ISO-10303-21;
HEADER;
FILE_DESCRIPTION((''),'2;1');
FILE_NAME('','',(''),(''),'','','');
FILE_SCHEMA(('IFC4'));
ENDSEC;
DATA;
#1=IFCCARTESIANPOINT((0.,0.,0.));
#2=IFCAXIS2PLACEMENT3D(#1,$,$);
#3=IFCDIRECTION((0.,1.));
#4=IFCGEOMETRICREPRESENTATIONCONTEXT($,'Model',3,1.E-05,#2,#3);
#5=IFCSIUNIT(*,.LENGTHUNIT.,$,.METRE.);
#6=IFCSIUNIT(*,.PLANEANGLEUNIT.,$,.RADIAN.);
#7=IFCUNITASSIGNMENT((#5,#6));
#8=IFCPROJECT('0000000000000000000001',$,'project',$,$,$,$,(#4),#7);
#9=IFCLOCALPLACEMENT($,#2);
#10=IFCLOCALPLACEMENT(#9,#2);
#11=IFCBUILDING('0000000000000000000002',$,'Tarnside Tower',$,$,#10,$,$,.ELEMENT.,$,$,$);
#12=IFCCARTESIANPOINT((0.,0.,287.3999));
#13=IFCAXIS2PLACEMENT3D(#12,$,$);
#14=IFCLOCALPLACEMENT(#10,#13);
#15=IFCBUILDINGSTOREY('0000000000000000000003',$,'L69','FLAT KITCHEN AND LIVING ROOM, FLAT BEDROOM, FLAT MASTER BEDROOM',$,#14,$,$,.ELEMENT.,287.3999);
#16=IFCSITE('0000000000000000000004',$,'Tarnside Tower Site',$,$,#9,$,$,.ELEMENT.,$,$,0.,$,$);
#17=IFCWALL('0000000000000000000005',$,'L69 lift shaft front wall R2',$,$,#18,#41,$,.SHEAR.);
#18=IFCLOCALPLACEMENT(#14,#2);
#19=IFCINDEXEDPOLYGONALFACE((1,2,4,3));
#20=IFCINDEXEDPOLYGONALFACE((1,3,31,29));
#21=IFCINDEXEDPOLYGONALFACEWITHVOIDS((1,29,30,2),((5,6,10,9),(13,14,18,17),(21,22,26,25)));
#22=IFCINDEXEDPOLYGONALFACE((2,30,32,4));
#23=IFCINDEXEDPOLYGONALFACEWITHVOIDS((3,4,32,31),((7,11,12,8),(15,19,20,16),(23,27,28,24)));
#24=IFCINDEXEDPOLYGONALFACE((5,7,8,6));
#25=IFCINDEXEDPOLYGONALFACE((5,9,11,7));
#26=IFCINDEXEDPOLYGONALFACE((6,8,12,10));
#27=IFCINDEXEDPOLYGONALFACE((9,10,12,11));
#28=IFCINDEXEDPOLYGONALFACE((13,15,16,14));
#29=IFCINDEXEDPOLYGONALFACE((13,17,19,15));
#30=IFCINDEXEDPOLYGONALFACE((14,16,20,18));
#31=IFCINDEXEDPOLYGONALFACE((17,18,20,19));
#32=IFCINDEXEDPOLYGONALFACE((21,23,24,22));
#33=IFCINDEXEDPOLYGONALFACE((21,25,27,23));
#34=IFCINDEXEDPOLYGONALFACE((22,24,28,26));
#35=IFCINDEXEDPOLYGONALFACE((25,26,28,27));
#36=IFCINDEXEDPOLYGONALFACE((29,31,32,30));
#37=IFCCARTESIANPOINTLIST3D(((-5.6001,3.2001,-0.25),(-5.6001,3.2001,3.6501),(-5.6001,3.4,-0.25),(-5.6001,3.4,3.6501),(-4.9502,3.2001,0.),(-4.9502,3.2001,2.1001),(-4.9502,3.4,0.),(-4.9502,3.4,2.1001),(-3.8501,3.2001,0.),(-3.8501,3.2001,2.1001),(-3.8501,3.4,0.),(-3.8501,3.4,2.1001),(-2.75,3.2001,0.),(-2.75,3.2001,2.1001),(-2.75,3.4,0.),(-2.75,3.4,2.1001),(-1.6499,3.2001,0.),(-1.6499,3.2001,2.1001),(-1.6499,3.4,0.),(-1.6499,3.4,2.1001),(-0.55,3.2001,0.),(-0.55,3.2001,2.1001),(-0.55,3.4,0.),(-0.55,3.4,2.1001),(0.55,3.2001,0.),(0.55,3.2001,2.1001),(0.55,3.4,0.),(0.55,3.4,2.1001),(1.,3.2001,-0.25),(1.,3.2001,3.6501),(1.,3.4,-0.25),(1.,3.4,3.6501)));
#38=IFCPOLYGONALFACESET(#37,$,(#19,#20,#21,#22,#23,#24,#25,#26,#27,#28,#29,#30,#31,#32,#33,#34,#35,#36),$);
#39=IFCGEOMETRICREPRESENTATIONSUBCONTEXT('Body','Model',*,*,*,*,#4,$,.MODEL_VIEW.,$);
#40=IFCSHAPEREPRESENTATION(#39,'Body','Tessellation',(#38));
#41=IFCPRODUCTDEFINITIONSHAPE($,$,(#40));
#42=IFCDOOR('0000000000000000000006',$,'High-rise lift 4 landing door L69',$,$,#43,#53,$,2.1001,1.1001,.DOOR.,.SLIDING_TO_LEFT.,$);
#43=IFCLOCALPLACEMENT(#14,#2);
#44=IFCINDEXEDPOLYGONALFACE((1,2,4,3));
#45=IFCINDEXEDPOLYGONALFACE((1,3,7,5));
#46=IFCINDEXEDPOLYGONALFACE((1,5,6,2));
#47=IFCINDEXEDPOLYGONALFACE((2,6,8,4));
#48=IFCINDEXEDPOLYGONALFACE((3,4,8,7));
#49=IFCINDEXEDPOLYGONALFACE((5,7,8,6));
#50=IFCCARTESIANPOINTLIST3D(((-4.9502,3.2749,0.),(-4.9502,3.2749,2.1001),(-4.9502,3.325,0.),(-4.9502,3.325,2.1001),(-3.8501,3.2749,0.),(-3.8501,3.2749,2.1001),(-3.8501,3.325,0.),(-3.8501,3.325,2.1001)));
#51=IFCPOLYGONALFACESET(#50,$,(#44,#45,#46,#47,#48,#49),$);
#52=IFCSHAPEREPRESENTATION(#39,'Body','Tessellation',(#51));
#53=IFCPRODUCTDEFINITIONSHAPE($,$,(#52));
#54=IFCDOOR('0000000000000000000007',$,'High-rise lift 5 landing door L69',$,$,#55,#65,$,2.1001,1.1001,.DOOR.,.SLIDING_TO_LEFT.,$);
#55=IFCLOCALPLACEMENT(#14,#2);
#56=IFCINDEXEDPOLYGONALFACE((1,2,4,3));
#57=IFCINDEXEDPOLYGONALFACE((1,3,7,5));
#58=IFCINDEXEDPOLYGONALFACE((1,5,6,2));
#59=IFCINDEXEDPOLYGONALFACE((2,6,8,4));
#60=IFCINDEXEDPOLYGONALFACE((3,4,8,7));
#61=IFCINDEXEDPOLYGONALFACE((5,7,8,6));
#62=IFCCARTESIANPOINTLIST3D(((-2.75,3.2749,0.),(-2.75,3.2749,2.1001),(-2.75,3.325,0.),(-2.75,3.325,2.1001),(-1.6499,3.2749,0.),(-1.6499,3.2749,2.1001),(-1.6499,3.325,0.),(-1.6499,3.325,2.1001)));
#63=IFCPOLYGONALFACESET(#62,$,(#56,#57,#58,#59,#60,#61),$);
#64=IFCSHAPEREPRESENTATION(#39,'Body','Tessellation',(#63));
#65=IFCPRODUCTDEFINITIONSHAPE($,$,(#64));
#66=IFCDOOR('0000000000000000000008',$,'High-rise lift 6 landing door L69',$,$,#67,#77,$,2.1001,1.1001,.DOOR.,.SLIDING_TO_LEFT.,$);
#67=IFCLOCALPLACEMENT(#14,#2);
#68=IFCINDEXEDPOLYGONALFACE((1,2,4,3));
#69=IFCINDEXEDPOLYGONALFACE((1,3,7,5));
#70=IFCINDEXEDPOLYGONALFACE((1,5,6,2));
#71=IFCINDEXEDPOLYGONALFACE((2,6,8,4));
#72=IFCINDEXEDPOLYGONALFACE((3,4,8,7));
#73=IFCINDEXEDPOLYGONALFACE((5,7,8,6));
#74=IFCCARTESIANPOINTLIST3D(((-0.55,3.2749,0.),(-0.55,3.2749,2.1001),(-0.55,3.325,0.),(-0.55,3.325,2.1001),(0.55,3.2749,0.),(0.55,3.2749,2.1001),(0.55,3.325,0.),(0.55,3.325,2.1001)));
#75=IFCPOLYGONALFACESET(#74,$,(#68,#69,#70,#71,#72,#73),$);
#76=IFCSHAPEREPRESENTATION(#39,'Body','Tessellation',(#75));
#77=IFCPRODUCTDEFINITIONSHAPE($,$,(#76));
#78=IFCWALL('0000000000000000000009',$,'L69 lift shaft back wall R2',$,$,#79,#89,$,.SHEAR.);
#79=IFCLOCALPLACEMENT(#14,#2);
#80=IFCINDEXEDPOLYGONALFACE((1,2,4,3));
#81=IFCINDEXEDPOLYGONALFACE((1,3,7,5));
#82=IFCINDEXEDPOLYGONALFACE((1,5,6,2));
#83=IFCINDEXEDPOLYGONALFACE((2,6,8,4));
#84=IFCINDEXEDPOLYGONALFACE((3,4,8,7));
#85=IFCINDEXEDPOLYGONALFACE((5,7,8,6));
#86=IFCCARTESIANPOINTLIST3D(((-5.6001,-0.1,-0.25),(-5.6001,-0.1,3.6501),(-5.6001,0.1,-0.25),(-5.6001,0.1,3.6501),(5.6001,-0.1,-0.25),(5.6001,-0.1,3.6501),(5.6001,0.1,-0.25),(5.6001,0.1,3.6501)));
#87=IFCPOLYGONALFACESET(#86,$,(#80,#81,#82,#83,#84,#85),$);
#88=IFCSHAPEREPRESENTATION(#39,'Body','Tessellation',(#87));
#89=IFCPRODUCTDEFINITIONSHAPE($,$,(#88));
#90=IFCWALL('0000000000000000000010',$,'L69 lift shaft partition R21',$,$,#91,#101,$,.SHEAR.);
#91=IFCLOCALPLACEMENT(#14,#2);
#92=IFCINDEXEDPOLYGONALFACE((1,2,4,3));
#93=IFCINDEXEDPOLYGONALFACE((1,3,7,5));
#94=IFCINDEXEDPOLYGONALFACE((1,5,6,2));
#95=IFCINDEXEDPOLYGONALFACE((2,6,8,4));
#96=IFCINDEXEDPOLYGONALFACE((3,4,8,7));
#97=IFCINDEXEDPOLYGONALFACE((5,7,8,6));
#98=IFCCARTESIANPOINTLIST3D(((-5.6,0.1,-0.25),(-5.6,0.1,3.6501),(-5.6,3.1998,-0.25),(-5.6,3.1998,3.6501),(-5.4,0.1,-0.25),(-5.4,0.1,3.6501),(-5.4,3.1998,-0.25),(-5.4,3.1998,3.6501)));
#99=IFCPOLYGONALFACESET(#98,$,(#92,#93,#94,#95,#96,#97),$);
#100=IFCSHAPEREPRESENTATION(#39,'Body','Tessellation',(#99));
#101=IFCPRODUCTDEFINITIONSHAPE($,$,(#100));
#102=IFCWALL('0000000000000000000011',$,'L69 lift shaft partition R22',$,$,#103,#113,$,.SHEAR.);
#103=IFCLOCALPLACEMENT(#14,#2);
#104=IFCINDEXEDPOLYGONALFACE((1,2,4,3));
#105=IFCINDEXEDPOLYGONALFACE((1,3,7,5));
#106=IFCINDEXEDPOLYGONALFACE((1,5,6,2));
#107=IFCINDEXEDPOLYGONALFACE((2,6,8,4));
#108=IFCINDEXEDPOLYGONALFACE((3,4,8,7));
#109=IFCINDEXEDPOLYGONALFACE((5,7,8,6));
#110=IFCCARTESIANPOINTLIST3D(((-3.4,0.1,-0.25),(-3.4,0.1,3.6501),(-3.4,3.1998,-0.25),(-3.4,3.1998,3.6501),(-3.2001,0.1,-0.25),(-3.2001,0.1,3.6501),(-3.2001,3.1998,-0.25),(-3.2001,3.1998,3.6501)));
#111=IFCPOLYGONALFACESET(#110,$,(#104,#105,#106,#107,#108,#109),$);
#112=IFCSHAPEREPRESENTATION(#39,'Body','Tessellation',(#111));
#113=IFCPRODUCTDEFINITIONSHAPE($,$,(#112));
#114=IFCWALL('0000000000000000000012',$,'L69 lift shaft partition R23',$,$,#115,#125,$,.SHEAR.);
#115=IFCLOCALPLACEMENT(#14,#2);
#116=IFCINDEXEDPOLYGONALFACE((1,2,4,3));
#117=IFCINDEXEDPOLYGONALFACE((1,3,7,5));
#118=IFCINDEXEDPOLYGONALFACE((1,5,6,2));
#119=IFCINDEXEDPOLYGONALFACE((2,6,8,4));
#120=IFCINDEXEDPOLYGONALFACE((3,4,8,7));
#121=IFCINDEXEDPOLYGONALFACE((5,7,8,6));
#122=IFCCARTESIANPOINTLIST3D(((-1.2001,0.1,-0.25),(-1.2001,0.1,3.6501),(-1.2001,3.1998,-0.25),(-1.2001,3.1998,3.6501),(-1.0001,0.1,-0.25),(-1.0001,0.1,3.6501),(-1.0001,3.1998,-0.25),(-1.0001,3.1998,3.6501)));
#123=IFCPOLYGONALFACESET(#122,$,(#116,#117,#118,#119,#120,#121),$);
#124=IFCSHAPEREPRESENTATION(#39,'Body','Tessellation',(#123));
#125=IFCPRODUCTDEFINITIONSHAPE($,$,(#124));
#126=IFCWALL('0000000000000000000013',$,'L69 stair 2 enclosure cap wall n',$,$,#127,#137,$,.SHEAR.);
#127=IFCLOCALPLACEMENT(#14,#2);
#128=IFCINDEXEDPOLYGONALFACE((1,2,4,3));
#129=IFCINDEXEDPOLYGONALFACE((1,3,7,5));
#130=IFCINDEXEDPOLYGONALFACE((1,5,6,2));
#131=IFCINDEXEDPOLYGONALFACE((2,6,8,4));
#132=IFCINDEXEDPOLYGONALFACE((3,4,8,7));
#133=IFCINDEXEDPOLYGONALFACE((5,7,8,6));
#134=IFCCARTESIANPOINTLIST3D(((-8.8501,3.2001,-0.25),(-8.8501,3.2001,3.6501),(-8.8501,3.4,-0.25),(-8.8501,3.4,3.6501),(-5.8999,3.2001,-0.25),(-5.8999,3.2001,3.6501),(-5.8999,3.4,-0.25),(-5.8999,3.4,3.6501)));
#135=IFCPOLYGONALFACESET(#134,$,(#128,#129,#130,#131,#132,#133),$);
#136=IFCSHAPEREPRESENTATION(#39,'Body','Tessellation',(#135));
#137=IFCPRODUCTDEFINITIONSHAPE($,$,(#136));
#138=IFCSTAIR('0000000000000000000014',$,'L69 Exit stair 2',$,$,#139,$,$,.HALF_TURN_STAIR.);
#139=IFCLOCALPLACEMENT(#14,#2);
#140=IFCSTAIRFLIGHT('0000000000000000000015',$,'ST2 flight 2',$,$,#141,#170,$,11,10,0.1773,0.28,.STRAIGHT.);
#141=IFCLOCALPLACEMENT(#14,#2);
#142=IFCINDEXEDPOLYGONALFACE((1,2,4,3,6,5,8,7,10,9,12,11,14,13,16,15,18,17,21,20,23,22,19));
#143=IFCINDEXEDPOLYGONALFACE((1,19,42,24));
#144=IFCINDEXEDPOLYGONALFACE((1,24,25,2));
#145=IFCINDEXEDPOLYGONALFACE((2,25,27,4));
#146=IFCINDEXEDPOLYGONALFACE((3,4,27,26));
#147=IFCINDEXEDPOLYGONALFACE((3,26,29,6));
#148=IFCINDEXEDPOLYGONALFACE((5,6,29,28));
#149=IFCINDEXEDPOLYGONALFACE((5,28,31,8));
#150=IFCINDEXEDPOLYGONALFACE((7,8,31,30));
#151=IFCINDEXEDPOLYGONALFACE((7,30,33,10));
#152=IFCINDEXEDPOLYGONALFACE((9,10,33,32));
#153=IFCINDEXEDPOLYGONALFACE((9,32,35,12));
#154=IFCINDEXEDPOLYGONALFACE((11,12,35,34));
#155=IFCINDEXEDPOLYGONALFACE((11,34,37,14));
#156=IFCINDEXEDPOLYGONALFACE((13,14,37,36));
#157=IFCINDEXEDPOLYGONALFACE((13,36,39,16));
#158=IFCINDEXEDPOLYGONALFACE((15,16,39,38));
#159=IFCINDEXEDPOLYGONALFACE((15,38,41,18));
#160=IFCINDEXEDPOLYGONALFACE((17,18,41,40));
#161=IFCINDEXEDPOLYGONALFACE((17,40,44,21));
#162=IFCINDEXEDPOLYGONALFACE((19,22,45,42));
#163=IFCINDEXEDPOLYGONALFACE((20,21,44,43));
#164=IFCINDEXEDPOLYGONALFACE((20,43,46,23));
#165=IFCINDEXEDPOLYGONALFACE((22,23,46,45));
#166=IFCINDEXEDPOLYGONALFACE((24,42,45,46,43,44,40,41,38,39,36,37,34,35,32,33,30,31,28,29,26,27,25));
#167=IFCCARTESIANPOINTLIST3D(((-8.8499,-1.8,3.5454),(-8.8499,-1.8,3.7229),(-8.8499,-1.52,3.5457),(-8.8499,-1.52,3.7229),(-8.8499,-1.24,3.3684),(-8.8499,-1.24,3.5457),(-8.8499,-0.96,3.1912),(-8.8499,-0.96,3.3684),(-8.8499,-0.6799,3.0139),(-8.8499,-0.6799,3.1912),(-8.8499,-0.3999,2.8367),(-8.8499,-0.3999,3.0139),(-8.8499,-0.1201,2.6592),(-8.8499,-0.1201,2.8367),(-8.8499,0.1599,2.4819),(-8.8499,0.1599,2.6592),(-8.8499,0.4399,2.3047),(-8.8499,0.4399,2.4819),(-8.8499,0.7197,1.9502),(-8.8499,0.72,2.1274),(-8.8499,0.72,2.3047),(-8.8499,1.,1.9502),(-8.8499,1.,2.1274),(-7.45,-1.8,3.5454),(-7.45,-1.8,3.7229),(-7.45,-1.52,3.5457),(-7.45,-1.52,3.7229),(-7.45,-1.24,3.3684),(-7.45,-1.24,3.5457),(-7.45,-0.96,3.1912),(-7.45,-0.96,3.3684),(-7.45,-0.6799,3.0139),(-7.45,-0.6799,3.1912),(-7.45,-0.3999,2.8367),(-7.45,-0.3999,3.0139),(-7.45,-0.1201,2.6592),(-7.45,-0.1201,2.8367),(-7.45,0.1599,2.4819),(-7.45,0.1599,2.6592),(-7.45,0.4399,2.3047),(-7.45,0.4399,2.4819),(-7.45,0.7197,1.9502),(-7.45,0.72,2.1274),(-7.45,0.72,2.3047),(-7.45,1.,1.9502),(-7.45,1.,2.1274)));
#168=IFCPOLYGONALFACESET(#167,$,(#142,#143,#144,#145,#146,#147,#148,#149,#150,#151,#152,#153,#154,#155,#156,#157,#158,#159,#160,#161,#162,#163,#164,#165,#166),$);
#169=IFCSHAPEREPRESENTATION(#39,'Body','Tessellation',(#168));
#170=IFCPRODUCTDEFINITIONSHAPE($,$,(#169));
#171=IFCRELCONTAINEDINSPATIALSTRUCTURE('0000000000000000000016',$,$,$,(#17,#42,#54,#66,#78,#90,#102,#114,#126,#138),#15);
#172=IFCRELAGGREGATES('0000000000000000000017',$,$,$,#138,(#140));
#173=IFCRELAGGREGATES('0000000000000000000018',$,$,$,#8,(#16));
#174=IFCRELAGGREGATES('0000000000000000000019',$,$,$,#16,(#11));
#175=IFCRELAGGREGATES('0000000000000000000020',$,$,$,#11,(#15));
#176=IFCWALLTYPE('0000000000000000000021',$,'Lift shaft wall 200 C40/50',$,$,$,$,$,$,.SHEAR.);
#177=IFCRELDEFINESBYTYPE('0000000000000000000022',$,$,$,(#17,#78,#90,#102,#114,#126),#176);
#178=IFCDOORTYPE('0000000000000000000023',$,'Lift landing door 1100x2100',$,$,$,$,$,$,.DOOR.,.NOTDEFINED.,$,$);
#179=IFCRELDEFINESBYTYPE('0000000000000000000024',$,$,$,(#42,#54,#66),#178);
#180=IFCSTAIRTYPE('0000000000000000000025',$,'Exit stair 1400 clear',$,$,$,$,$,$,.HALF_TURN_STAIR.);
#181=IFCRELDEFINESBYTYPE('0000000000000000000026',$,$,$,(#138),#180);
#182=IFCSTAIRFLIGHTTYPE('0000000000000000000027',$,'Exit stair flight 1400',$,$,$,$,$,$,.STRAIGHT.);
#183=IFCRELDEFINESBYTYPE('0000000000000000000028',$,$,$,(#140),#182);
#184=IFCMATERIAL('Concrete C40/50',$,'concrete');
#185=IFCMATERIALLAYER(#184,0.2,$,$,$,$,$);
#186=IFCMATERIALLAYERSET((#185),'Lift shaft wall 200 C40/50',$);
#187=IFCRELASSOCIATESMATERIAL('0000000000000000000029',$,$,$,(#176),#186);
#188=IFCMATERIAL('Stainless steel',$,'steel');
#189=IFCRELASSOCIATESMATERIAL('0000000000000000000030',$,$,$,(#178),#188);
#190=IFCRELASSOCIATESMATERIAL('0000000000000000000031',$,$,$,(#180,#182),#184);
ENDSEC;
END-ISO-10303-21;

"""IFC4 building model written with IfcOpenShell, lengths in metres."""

from ifc_helpers import new_model, si_unit, direction, frame, frame_2d, origin, place, context, subcontext, project, spatial, polyline, rectangle, outline, extrude, material, layer, layer_set, type_object, element, fill, aggregate, save


model = new_model("IFC4")

# Units and contexts
model_context = context("Model", 3, precision=1e-05, world=origin(), true_north=direction((0.0, 1.0)))
body_context = subcontext(model_context, "Body", "Model", "MODEL_VIEW")
ifc_project = project(units=[si_unit("LENGTHUNIT", "METRE"), si_unit("PLANEANGLEUNIT", "RADIAN")], contexts=[model_context])

# Site, building, storey
site_placement = place(None, origin())
site = spatial("IfcSite", under=ifc_project, at=site_placement, Name="Tarnside Tower Site", CompositionType="ELEMENT", RefElevation=0.0)
building_placement = place(site_placement, origin())
building = spatial("IfcBuilding", under=site, at=building_placement, Name="Tarnside Tower", CompositionType="ELEMENT")
storey_placement = place(building_placement, frame((0.0, 0.0, 287.3999)))
storey = spatial("IfcBuildingStorey", under=building, at=storey_placement, Name="L69", Description="FLAT KITCHEN AND LIVING ROOM, FLAT BEDROOM, FLAT MASTER BEDROOM", CompositionType="ELEMENT", Elevation=287.3999)

# Shared definitions
ifc_material_1 = material(Name="Concrete C40/50", Category="concrete")
ifc_layer_1 = layer(ifc_material_1, 0.2)
ifc_layer_set_1 = layer_set([ifc_layer_1], Name="Lift shaft wall 200 C40/50")
wall_type_1 = type_object("IfcWallType", Name="Lift shaft wall 200 C40/50", PredefinedType="SHEAR", material=ifc_layer_set_1)
ifc_material_2 = material(Name="Stainless steel", Category="steel")
door_type_1 = type_object("IfcDoorType", Name="Lift landing door 1100x2100", OperationType="NOTDEFINED", PredefinedType="DOOR", material=ifc_material_2)

# Wall, openings, doors
wall_1_placement = place(storey_placement, frame((-5.6001, 3.3, -0.25), z_axis=(0.0, 0.0, 1.0), x_axis=(1.0, 0.0, 0.0)))
wall_1 = element("IfcWall", 1, at=wall_1_placement, inside=storey, type_object=wall_type_1, Name="L69 lift shaft front wall R2", PredefinedType="SHEAR", context=body_context, shape_type="SweptSolid", body=[
    extrude(rectangle(XDim=6.6001, YDim=0.2, at=frame_2d((3.3, 0.0))), origin(), (0.0, 0.0, 1.0), 3.9001),
])
opening_1_placement = place(wall_1_placement, frame((0.6499, 0.0, 0.25)))
opening_1 = element("IfcOpeningElement", 2, at=opening_1_placement, cuts=wall_1, PredefinedType="OPENING", context=body_context, shape_type="SweptSolid", body=[
    extrude(rectangle(XDim=1.1001, YDim=2.1001, at=frame_2d((0.55, 1.05))), frame((0.0, 0.1099, 0.0), z_axis=(0.0, -1.0, 0.0), x_axis=(1.0, 0.0, 0.0)), (0.0, 0.0, 1.0), 0.22),
])
opening_2_placement = place(wall_1_placement, frame((2.8501, 0.0, 0.25)))
opening_2 = element("IfcOpeningElement", 3, at=opening_2_placement, cuts=wall_1, PredefinedType="OPENING", context=body_context, shape_type="SweptSolid", body=[
    extrude(rectangle(XDim=1.1001, YDim=2.1001, at=frame_2d((0.55, 1.05))), frame((0.0, 0.1099, 0.0), z_axis=(0.0, -1.0, 0.0), x_axis=(1.0, 0.0, 0.0)), (0.0, 0.0, 1.0), 0.22),
])
opening_3_placement = place(wall_1_placement, frame((5.05, 0.0, 0.25)))
opening_3 = element("IfcOpeningElement", 4, at=opening_3_placement, cuts=wall_1, PredefinedType="OPENING", context=body_context, shape_type="SweptSolid", body=[
    extrude(rectangle(XDim=1.1001, YDim=2.1001, at=frame_2d((0.55, 1.05))), frame((0.0, 0.1099, 0.0), z_axis=(0.0, -1.0, 0.0), x_axis=(1.0, 0.0, 0.0)), (0.0, 0.0, 1.0), 0.22),
])
door_1_placement = place(opening_1_placement, origin())
door_1 = element("IfcDoor", 5, at=door_1_placement, inside=storey, type_object=door_type_1, Name="High-rise lift 4 landing door L69", OperationType="SLIDING_TO_LEFT", OverallHeight=2.1001, OverallWidth=1.1001, PredefinedType="DOOR", context=body_context, shape_type="SweptSolid", body=[
    extrude(rectangle(XDim=1.1001, YDim=2.1001, at=frame_2d((0.55, 1.05))), frame((0.0, 0.0249, 0.0), z_axis=(0.0, -1.0, 0.0), x_axis=(1.0, 0.0, 0.0)), (0.0, 0.0, 1.0), 0.05),
])
fill(opening_1, door_1)
door_2_placement = place(opening_2_placement, origin())
door_2 = element("IfcDoor", 6, at=door_2_placement, inside=storey, type_object=door_type_1, Name="High-rise lift 5 landing door L69", OperationType="SLIDING_TO_LEFT", OverallHeight=2.1001, OverallWidth=1.1001, PredefinedType="DOOR", context=body_context, shape_type="SweptSolid", body=[
    extrude(rectangle(XDim=1.1001, YDim=2.1001, at=frame_2d((0.55, 1.05))), frame((0.0, 0.0249, 0.0), z_axis=(0.0, -1.0, 0.0), x_axis=(1.0, 0.0, 0.0)), (0.0, 0.0, 1.0), 0.05),
])
fill(opening_2, door_2)
door_3_placement = place(opening_3_placement, origin())
door_3 = element("IfcDoor", 7, at=door_3_placement, inside=storey, type_object=door_type_1, Name="High-rise lift 6 landing door L69", OperationType="SLIDING_TO_LEFT", OverallHeight=2.1001, OverallWidth=1.1001, PredefinedType="DOOR", context=body_context, shape_type="SweptSolid", body=[
    extrude(rectangle(XDim=1.1001, YDim=2.1001, at=frame_2d((0.55, 1.05))), frame((0.0, 0.0249, 0.0), z_axis=(0.0, -1.0, 0.0), x_axis=(1.0, 0.0, 0.0)), (0.0, 0.0, 1.0), 0.05),
])
fill(opening_3, door_3)

# Walls
wall_2_placement = place(storey_placement, frame((-5.6001, 0.0, -0.25), z_axis=(0.0, 0.0, 1.0), x_axis=(1.0, 0.0, 0.0)))
element("IfcWall", 8, at=wall_2_placement, inside=storey, type_object=wall_type_1, Name="L69 lift shaft back wall R2", PredefinedType="SHEAR", context=body_context, shape_type="SweptSolid", body=[
    extrude(rectangle(XDim=11.2002, YDim=0.2, at=frame_2d((5.6001, 0.0))), origin(), (0.0, 0.0, 1.0), 3.9001),
])
for number, where, z_axis, x_axis, name in (
    (9, (-5.5, 0.1001, -0.25), (0.0, 0.0, 1.0), (0.0, 1.0, 0.0), "L69 lift shaft partition R21"),
    (10, (-3.3, 0.1001, -0.25), (0.0, 0.0, 1.0), (0.0, 1.0, 0.0), "L69 lift shaft partition R22"),
    (11, (-1.1001, 0.1001, -0.25), (0.0, 0.0, 1.0), (0.0, 1.0, 0.0), "L69 lift shaft partition R23"),
):
    element("IfcWall", number, at=place(storey_placement, frame(where, z_axis=z_axis, x_axis=x_axis)), inside=storey, type_object=wall_type_1, Name=name, PredefinedType="SHEAR", context=body_context, shape_type="SweptSolid", body=[
        extrude(rectangle(XDim=3.0999, YDim=0.2, at=frame_2d((1.5498, 0.0))), origin(), (0.0, 0.0, 1.0), 3.9001),
    ])
wall_3_placement = place(storey_placement, frame((-8.8501, 3.3, -0.25), z_axis=(0.0, 0.0, 1.0), x_axis=(1.0, 0.0, 0.0)))
element("IfcWall", 12, at=wall_3_placement, inside=storey, type_object=wall_type_1, Name="L69 stair 2 enclosure cap wall n", PredefinedType="SHEAR", context=body_context, shape_type="SweptSolid", body=[
    extrude(rectangle(XDim=2.9502, YDim=0.2, at=frame_2d((1.4751, 0.0))), origin(), (0.0, 0.0, 1.0), 3.9001),
])

# Stair, stair flight
stair_type = type_object("IfcStairType", Name="Exit stair 1400 clear", PredefinedType="HALF_TURN_STAIR", material=ifc_material_1)
stair_placement = place(storey_placement, origin())
stair = element("IfcStair", 13, at=stair_placement, inside=storey, type_object=stair_type, Name="L69 Exit stair 2", PredefinedType="HALF_TURN_STAIR")
stair_flight_type = type_object("IfcStairFlightType", Name="Exit stair flight 1400", PredefinedType="STRAIGHT", material=ifc_material_1)
stair_flight_placement = place(storey_placement, frame((-8.1499, 1.0, 1.9502), z_axis=(0.0, 0.0, 1.0), x_axis=(0.0, -1.0, 0.0)))
stair_flight = element("IfcStairFlight", 14, at=stair_flight_placement, type_object=stair_flight_type, Name="ST2 flight 2", NumberOfRisers=11, NumberOfTreads=10, PredefinedType="STRAIGHT", RiserHeight=0.1773, TreadLength=0.28, context=body_context, shape_type="SweptSolid", body=[
    extrude(outline(polyline([(0.0, 0.0), (0.0, 0.1772), (0.28, 0.1772), (0.28, 0.3545), (0.5601, 0.3545), (0.5601, 0.5317), (0.8401, 0.5317), (0.8401, 0.709), (1.1201, 0.709), (1.1201, 0.8865), (1.3999, 0.8865), (1.3999, 1.0637), (1.6799, 1.0637), (1.6799, 1.241), (1.96, 1.241), (1.96, 1.4182), (2.24, 1.4182), (2.24, 1.5955), (2.52, 1.5955), (2.52, 1.7727), (2.8, 1.7727), (2.8, 1.95), (2.8, 1.5952), (0.2803, 0.0), (0.0, 0.0)])), frame((0.0, 0.7, 0.0), z_axis=(0.0, -1.0, 0.0), x_axis=(1.0, 0.0, 0.0)), (0.0, 0.0, 1.0), 1.3999),
])
aggregate(stair, [stair_flight])

save(model, "model.ifc")
